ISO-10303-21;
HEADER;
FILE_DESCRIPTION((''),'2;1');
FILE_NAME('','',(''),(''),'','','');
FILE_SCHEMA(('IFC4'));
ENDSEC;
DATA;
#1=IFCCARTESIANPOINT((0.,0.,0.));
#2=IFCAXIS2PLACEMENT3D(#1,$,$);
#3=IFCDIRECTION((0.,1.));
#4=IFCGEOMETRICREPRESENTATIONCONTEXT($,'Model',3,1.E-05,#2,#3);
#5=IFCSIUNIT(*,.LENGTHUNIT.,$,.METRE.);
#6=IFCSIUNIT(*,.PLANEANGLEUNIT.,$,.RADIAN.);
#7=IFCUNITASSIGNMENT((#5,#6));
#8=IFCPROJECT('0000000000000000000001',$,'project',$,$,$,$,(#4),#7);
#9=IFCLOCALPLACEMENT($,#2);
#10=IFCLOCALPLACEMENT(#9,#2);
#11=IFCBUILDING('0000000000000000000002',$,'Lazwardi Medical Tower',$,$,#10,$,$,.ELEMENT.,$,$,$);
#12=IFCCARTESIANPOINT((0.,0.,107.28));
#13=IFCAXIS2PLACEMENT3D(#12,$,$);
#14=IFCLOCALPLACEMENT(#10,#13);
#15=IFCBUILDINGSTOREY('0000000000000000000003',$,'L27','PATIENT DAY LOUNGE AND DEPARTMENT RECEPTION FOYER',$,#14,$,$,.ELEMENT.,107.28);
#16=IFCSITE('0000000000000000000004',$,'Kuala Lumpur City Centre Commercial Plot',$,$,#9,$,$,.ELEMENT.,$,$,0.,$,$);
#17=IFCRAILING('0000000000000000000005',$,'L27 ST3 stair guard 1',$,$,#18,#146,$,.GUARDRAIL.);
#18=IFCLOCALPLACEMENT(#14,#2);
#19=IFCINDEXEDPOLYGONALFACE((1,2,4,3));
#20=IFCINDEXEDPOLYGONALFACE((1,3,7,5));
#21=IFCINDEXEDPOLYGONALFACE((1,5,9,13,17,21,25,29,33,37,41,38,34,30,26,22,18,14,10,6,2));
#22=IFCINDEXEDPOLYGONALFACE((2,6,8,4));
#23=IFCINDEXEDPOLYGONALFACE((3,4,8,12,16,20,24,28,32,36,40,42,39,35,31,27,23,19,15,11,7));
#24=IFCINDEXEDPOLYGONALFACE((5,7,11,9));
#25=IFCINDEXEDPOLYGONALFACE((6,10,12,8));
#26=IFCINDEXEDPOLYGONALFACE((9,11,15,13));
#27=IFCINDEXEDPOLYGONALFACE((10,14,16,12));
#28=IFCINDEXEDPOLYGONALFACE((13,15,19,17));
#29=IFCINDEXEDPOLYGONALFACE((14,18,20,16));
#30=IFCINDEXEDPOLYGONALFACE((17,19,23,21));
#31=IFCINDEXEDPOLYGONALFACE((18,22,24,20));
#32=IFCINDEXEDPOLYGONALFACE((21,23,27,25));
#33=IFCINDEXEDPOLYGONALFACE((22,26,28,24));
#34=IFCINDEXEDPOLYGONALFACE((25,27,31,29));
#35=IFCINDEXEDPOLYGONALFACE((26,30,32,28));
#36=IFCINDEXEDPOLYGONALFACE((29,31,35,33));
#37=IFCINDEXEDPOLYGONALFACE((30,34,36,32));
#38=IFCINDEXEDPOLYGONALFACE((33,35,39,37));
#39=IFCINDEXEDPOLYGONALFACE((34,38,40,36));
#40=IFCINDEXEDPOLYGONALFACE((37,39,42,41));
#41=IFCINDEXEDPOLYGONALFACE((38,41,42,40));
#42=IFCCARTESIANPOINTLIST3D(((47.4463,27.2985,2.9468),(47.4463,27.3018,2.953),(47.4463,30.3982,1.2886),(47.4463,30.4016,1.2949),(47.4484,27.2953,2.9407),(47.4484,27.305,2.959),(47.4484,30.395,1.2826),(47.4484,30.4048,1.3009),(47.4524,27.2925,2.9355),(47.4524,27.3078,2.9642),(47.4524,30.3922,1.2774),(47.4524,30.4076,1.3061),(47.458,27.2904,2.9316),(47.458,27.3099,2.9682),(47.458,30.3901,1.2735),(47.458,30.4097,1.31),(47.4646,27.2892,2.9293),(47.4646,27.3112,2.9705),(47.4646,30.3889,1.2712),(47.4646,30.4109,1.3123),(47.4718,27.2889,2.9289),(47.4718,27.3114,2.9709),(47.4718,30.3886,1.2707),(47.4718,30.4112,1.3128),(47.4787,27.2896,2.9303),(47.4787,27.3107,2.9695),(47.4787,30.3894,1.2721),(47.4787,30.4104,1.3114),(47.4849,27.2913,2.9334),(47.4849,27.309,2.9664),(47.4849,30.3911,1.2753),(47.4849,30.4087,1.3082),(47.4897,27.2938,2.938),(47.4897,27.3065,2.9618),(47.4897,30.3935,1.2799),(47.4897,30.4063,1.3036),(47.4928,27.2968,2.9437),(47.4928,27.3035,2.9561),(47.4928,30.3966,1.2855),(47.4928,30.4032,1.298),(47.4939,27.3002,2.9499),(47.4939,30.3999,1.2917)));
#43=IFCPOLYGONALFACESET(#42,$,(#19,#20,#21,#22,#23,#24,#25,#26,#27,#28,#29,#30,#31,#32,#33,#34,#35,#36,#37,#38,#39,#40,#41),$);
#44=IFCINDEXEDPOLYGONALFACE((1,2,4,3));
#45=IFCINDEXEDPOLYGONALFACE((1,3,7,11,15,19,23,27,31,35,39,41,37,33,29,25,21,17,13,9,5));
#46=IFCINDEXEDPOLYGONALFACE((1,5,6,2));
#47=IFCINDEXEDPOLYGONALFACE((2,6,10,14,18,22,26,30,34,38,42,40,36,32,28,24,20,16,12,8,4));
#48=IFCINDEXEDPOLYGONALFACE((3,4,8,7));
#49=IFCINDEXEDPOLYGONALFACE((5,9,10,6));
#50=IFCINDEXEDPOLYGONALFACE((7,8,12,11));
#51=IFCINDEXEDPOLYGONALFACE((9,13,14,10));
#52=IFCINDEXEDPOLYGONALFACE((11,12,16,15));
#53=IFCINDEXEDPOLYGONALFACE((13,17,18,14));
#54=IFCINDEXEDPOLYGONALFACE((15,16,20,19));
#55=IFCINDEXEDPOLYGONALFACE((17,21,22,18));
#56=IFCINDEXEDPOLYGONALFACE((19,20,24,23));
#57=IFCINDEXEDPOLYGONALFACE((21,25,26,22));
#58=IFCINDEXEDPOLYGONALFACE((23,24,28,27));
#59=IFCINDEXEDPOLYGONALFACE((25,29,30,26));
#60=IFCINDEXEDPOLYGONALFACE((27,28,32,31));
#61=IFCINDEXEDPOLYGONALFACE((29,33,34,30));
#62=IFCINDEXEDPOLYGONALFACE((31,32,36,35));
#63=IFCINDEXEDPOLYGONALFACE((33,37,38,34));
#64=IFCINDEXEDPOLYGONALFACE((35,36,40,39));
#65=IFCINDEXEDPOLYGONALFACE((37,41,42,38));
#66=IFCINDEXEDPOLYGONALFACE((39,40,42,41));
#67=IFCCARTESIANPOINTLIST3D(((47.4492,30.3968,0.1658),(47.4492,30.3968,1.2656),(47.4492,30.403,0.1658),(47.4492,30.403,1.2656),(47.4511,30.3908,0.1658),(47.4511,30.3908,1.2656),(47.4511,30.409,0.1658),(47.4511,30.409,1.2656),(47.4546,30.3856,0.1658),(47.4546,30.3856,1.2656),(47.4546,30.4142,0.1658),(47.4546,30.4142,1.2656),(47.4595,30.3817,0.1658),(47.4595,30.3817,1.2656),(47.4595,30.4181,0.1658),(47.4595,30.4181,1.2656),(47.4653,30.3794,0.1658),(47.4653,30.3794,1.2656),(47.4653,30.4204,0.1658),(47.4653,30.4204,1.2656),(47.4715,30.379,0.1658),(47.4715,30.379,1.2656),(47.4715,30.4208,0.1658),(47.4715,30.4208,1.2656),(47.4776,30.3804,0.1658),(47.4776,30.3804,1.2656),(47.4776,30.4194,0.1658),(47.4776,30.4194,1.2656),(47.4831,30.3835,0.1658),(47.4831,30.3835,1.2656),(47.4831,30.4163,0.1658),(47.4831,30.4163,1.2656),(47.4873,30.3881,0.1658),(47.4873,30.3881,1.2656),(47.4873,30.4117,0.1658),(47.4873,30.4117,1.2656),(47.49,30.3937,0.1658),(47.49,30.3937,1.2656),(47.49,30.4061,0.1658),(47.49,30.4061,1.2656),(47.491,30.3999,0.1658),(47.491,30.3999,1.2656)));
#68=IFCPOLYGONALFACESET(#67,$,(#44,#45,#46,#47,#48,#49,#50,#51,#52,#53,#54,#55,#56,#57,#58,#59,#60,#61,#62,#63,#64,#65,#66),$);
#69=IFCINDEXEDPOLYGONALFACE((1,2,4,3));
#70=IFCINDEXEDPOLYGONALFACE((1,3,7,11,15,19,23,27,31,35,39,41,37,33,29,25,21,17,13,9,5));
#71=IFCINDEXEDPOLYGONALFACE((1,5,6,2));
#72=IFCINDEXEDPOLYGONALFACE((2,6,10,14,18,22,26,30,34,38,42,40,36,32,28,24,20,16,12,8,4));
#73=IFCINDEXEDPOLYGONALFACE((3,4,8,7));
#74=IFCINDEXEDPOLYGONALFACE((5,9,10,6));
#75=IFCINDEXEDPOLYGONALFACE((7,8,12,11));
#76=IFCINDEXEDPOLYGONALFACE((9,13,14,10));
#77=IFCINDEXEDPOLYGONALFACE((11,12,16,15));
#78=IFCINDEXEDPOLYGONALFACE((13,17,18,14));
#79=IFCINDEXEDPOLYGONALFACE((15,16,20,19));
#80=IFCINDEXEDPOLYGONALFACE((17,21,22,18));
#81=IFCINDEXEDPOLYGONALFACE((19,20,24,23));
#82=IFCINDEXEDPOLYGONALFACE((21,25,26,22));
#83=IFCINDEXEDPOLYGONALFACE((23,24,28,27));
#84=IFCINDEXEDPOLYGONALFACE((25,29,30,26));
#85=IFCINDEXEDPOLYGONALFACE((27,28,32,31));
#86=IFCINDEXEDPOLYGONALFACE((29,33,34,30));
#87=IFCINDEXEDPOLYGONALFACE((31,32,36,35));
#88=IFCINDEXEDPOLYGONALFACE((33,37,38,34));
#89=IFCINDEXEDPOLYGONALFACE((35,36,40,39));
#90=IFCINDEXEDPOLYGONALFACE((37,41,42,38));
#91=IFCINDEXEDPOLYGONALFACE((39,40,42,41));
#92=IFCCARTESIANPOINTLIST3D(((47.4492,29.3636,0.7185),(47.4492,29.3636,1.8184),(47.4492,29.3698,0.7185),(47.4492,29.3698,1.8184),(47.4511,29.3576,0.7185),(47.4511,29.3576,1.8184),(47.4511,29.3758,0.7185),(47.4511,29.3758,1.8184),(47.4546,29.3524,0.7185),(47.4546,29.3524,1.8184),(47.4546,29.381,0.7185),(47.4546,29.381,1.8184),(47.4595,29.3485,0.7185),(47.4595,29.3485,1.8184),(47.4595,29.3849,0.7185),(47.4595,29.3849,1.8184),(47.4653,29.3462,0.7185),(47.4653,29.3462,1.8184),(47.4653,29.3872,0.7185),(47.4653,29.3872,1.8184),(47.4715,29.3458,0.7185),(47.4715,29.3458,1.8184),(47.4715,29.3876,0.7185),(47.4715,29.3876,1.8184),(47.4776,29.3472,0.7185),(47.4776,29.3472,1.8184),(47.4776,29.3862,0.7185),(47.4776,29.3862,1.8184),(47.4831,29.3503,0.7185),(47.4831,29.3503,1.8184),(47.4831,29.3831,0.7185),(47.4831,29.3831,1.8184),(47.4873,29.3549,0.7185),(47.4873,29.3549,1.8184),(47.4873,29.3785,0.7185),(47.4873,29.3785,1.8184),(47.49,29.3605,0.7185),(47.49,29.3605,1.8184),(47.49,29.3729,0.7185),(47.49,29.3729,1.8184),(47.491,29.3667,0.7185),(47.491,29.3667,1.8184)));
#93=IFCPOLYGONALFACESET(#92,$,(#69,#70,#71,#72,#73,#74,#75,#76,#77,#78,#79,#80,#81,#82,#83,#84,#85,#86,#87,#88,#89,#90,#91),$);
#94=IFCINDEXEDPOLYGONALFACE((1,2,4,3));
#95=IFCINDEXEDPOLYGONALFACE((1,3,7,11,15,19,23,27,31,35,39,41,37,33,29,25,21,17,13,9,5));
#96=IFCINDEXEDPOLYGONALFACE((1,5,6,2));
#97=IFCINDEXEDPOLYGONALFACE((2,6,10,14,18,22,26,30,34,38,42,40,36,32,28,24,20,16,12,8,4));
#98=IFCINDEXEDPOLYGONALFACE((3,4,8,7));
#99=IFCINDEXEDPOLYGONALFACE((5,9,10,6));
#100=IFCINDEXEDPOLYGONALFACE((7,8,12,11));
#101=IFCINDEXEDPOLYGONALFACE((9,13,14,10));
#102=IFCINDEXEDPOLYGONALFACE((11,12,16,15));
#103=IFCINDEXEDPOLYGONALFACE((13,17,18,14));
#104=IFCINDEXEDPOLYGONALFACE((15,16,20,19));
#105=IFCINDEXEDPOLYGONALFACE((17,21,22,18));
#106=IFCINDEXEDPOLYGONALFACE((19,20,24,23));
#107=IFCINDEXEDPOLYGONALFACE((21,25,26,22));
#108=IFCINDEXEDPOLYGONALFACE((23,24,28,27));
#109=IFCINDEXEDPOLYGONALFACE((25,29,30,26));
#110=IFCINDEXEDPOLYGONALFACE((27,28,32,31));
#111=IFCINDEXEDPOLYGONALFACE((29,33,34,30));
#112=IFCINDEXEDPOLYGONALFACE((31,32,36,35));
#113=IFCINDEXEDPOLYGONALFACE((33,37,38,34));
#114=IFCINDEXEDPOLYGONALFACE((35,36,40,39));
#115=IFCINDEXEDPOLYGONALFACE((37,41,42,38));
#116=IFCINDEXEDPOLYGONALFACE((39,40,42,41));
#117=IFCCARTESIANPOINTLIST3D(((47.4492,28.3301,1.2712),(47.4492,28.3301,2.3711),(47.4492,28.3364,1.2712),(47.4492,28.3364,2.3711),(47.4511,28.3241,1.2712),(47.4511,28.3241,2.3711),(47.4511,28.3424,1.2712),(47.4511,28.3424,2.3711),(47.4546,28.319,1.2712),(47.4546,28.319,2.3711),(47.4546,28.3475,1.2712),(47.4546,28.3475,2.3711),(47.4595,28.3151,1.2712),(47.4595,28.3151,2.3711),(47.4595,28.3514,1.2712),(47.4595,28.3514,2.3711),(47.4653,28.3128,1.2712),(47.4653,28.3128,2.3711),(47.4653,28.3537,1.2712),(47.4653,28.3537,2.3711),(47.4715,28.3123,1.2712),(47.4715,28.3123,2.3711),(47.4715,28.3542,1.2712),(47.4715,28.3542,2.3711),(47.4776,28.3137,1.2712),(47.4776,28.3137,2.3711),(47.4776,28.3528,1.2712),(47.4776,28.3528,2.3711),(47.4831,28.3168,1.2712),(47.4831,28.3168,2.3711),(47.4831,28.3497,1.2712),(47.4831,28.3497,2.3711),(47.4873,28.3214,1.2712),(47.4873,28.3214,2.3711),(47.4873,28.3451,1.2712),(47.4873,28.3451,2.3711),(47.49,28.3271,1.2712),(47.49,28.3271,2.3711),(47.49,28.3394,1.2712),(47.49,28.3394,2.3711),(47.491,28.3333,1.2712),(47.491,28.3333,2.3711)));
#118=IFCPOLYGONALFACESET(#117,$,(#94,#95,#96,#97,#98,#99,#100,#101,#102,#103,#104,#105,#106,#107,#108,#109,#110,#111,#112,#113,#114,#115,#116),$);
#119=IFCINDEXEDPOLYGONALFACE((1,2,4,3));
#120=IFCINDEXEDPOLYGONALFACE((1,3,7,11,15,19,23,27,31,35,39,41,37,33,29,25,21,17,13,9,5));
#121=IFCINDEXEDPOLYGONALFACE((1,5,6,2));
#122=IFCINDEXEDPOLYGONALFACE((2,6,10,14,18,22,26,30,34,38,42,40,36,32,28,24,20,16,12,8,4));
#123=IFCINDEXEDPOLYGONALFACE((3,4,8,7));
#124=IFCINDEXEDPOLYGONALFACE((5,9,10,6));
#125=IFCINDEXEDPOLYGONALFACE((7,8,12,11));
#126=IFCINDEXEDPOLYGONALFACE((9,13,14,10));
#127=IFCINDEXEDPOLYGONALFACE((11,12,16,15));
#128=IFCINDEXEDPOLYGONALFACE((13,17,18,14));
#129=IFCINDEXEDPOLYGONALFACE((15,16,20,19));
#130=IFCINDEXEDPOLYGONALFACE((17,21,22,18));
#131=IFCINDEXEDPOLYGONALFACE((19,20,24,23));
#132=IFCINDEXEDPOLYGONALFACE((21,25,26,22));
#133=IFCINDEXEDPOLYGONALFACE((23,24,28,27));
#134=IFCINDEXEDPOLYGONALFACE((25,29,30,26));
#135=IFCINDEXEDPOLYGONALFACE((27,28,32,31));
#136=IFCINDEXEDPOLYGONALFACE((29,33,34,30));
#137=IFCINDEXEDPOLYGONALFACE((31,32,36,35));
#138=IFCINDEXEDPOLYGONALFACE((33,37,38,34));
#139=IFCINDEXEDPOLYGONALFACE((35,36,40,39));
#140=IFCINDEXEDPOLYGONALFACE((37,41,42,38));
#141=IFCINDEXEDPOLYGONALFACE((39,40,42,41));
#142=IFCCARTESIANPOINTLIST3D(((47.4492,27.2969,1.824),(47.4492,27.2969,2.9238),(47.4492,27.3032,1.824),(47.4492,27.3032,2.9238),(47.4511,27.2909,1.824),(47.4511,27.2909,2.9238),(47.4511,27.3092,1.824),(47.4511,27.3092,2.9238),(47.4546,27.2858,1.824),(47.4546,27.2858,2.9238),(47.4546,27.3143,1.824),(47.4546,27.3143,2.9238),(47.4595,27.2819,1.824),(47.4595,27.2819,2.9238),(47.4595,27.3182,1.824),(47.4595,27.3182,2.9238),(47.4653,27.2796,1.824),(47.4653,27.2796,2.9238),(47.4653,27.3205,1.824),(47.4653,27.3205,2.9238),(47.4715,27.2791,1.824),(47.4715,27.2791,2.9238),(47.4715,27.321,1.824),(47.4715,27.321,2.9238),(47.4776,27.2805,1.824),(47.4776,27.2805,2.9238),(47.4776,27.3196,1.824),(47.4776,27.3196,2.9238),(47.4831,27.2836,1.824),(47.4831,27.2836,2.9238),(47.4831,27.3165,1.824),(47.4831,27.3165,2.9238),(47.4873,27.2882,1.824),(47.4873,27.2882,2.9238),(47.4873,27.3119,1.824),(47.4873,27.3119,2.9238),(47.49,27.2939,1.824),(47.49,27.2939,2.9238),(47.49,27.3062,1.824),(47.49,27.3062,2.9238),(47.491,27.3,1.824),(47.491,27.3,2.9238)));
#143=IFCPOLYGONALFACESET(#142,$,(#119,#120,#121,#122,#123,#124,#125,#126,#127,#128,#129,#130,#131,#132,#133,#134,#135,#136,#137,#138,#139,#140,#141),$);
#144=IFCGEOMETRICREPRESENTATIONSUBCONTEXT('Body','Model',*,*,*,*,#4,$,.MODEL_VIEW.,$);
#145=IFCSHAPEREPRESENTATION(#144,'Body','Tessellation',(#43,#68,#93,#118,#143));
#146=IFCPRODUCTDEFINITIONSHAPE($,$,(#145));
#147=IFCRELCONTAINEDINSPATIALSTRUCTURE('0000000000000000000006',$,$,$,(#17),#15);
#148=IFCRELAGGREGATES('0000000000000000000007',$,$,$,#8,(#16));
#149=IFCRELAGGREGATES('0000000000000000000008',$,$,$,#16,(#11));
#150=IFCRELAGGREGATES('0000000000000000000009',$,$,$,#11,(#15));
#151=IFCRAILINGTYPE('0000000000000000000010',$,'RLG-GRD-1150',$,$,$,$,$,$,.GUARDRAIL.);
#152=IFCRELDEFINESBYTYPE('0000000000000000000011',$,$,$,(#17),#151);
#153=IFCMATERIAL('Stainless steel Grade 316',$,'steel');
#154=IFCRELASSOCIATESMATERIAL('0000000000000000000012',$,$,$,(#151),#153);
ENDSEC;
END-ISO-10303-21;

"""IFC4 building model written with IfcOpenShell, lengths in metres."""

from ifc_helpers import new_model, si_unit, direction, frame, origin, origin_2d, place, context, subcontext, project, spatial, circle, extrude, material, type_object, element, save


model = new_model("IFC4")

# Units and contexts
model_context = context("Model", 3, precision=1e-05, world=origin(), true_north=direction((0.0, 1.0)))
body_context = subcontext(model_context, "Body", "Model", "MODEL_VIEW")
ifc_project = project(units=[si_unit("LENGTHUNIT", "METRE"), si_unit("PLANEANGLEUNIT", "RADIAN")], contexts=[model_context])

# Site, building, storey
site_placement = place(None, origin())
site = spatial("IfcSite", under=ifc_project, at=site_placement, Name="Kuala Lumpur City Centre Commercial Plot", CompositionType="ELEMENT", RefElevation=0.0)
building_placement = place(site_placement, origin())
building = spatial("IfcBuilding", under=site, at=building_placement, Name="Lazwardi Medical Tower", CompositionType="ELEMENT")
storey_placement = place(building_placement, frame((0.0, 0.0, 107.28)))
storey = spatial("IfcBuildingStorey", under=building, at=storey_placement, Name="L27", Description="PATIENT DAY LOUNGE AND DEPARTMENT RECEPTION FOYER", CompositionType="ELEMENT", Elevation=107.28)

# Railing
ifc_material_1 = material(Name="Stainless steel Grade 316", Category="steel")
railing_type_1 = type_object("IfcRailingType", Name="RLG-GRD-1150", PredefinedType="GUARDRAIL", material=ifc_material_1)
railing_1_placement = place(storey_placement, frame((47.47, 30.3999, 0.1658)))
element("IfcRailing", 1, at=railing_1_placement, inside=storey, type_object=railing_type_1, Name="L27 ST3 stair guard 1", PredefinedType="GUARDRAIL", context=body_context, shape_type="SweptSolid", body=[
    extrude(circle(Radius=0.0239, at=origin_2d()), frame((0.0, 0.0, 1.126), z_axis=(0.0, -0.881768, 0.471684), x_axis=(1.0, 0.0, 0.0)), (0.0, 0.0, 1.0), 3.5154),
    extrude(circle(Radius=0.021, at=origin_2d()), origin(), (0.0, 0.0, 1.0), 1.0999),
    extrude(circle(Radius=0.021, at=origin_2d()), frame((0.0, -1.0332, 0.5527)), (0.0, 0.0, 1.0), 1.0999),
    extrude(circle(Radius=0.021, at=origin_2d()), frame((0.0, -2.0667, 1.1055)), (0.0, 0.0, 1.0), 1.0999),
    extrude(circle(Radius=0.021, at=origin_2d()), frame((0.0, -3.0999, 1.6582)), (0.0, 0.0, 1.0), 1.0999),
])

save(model, "model.ifc")
